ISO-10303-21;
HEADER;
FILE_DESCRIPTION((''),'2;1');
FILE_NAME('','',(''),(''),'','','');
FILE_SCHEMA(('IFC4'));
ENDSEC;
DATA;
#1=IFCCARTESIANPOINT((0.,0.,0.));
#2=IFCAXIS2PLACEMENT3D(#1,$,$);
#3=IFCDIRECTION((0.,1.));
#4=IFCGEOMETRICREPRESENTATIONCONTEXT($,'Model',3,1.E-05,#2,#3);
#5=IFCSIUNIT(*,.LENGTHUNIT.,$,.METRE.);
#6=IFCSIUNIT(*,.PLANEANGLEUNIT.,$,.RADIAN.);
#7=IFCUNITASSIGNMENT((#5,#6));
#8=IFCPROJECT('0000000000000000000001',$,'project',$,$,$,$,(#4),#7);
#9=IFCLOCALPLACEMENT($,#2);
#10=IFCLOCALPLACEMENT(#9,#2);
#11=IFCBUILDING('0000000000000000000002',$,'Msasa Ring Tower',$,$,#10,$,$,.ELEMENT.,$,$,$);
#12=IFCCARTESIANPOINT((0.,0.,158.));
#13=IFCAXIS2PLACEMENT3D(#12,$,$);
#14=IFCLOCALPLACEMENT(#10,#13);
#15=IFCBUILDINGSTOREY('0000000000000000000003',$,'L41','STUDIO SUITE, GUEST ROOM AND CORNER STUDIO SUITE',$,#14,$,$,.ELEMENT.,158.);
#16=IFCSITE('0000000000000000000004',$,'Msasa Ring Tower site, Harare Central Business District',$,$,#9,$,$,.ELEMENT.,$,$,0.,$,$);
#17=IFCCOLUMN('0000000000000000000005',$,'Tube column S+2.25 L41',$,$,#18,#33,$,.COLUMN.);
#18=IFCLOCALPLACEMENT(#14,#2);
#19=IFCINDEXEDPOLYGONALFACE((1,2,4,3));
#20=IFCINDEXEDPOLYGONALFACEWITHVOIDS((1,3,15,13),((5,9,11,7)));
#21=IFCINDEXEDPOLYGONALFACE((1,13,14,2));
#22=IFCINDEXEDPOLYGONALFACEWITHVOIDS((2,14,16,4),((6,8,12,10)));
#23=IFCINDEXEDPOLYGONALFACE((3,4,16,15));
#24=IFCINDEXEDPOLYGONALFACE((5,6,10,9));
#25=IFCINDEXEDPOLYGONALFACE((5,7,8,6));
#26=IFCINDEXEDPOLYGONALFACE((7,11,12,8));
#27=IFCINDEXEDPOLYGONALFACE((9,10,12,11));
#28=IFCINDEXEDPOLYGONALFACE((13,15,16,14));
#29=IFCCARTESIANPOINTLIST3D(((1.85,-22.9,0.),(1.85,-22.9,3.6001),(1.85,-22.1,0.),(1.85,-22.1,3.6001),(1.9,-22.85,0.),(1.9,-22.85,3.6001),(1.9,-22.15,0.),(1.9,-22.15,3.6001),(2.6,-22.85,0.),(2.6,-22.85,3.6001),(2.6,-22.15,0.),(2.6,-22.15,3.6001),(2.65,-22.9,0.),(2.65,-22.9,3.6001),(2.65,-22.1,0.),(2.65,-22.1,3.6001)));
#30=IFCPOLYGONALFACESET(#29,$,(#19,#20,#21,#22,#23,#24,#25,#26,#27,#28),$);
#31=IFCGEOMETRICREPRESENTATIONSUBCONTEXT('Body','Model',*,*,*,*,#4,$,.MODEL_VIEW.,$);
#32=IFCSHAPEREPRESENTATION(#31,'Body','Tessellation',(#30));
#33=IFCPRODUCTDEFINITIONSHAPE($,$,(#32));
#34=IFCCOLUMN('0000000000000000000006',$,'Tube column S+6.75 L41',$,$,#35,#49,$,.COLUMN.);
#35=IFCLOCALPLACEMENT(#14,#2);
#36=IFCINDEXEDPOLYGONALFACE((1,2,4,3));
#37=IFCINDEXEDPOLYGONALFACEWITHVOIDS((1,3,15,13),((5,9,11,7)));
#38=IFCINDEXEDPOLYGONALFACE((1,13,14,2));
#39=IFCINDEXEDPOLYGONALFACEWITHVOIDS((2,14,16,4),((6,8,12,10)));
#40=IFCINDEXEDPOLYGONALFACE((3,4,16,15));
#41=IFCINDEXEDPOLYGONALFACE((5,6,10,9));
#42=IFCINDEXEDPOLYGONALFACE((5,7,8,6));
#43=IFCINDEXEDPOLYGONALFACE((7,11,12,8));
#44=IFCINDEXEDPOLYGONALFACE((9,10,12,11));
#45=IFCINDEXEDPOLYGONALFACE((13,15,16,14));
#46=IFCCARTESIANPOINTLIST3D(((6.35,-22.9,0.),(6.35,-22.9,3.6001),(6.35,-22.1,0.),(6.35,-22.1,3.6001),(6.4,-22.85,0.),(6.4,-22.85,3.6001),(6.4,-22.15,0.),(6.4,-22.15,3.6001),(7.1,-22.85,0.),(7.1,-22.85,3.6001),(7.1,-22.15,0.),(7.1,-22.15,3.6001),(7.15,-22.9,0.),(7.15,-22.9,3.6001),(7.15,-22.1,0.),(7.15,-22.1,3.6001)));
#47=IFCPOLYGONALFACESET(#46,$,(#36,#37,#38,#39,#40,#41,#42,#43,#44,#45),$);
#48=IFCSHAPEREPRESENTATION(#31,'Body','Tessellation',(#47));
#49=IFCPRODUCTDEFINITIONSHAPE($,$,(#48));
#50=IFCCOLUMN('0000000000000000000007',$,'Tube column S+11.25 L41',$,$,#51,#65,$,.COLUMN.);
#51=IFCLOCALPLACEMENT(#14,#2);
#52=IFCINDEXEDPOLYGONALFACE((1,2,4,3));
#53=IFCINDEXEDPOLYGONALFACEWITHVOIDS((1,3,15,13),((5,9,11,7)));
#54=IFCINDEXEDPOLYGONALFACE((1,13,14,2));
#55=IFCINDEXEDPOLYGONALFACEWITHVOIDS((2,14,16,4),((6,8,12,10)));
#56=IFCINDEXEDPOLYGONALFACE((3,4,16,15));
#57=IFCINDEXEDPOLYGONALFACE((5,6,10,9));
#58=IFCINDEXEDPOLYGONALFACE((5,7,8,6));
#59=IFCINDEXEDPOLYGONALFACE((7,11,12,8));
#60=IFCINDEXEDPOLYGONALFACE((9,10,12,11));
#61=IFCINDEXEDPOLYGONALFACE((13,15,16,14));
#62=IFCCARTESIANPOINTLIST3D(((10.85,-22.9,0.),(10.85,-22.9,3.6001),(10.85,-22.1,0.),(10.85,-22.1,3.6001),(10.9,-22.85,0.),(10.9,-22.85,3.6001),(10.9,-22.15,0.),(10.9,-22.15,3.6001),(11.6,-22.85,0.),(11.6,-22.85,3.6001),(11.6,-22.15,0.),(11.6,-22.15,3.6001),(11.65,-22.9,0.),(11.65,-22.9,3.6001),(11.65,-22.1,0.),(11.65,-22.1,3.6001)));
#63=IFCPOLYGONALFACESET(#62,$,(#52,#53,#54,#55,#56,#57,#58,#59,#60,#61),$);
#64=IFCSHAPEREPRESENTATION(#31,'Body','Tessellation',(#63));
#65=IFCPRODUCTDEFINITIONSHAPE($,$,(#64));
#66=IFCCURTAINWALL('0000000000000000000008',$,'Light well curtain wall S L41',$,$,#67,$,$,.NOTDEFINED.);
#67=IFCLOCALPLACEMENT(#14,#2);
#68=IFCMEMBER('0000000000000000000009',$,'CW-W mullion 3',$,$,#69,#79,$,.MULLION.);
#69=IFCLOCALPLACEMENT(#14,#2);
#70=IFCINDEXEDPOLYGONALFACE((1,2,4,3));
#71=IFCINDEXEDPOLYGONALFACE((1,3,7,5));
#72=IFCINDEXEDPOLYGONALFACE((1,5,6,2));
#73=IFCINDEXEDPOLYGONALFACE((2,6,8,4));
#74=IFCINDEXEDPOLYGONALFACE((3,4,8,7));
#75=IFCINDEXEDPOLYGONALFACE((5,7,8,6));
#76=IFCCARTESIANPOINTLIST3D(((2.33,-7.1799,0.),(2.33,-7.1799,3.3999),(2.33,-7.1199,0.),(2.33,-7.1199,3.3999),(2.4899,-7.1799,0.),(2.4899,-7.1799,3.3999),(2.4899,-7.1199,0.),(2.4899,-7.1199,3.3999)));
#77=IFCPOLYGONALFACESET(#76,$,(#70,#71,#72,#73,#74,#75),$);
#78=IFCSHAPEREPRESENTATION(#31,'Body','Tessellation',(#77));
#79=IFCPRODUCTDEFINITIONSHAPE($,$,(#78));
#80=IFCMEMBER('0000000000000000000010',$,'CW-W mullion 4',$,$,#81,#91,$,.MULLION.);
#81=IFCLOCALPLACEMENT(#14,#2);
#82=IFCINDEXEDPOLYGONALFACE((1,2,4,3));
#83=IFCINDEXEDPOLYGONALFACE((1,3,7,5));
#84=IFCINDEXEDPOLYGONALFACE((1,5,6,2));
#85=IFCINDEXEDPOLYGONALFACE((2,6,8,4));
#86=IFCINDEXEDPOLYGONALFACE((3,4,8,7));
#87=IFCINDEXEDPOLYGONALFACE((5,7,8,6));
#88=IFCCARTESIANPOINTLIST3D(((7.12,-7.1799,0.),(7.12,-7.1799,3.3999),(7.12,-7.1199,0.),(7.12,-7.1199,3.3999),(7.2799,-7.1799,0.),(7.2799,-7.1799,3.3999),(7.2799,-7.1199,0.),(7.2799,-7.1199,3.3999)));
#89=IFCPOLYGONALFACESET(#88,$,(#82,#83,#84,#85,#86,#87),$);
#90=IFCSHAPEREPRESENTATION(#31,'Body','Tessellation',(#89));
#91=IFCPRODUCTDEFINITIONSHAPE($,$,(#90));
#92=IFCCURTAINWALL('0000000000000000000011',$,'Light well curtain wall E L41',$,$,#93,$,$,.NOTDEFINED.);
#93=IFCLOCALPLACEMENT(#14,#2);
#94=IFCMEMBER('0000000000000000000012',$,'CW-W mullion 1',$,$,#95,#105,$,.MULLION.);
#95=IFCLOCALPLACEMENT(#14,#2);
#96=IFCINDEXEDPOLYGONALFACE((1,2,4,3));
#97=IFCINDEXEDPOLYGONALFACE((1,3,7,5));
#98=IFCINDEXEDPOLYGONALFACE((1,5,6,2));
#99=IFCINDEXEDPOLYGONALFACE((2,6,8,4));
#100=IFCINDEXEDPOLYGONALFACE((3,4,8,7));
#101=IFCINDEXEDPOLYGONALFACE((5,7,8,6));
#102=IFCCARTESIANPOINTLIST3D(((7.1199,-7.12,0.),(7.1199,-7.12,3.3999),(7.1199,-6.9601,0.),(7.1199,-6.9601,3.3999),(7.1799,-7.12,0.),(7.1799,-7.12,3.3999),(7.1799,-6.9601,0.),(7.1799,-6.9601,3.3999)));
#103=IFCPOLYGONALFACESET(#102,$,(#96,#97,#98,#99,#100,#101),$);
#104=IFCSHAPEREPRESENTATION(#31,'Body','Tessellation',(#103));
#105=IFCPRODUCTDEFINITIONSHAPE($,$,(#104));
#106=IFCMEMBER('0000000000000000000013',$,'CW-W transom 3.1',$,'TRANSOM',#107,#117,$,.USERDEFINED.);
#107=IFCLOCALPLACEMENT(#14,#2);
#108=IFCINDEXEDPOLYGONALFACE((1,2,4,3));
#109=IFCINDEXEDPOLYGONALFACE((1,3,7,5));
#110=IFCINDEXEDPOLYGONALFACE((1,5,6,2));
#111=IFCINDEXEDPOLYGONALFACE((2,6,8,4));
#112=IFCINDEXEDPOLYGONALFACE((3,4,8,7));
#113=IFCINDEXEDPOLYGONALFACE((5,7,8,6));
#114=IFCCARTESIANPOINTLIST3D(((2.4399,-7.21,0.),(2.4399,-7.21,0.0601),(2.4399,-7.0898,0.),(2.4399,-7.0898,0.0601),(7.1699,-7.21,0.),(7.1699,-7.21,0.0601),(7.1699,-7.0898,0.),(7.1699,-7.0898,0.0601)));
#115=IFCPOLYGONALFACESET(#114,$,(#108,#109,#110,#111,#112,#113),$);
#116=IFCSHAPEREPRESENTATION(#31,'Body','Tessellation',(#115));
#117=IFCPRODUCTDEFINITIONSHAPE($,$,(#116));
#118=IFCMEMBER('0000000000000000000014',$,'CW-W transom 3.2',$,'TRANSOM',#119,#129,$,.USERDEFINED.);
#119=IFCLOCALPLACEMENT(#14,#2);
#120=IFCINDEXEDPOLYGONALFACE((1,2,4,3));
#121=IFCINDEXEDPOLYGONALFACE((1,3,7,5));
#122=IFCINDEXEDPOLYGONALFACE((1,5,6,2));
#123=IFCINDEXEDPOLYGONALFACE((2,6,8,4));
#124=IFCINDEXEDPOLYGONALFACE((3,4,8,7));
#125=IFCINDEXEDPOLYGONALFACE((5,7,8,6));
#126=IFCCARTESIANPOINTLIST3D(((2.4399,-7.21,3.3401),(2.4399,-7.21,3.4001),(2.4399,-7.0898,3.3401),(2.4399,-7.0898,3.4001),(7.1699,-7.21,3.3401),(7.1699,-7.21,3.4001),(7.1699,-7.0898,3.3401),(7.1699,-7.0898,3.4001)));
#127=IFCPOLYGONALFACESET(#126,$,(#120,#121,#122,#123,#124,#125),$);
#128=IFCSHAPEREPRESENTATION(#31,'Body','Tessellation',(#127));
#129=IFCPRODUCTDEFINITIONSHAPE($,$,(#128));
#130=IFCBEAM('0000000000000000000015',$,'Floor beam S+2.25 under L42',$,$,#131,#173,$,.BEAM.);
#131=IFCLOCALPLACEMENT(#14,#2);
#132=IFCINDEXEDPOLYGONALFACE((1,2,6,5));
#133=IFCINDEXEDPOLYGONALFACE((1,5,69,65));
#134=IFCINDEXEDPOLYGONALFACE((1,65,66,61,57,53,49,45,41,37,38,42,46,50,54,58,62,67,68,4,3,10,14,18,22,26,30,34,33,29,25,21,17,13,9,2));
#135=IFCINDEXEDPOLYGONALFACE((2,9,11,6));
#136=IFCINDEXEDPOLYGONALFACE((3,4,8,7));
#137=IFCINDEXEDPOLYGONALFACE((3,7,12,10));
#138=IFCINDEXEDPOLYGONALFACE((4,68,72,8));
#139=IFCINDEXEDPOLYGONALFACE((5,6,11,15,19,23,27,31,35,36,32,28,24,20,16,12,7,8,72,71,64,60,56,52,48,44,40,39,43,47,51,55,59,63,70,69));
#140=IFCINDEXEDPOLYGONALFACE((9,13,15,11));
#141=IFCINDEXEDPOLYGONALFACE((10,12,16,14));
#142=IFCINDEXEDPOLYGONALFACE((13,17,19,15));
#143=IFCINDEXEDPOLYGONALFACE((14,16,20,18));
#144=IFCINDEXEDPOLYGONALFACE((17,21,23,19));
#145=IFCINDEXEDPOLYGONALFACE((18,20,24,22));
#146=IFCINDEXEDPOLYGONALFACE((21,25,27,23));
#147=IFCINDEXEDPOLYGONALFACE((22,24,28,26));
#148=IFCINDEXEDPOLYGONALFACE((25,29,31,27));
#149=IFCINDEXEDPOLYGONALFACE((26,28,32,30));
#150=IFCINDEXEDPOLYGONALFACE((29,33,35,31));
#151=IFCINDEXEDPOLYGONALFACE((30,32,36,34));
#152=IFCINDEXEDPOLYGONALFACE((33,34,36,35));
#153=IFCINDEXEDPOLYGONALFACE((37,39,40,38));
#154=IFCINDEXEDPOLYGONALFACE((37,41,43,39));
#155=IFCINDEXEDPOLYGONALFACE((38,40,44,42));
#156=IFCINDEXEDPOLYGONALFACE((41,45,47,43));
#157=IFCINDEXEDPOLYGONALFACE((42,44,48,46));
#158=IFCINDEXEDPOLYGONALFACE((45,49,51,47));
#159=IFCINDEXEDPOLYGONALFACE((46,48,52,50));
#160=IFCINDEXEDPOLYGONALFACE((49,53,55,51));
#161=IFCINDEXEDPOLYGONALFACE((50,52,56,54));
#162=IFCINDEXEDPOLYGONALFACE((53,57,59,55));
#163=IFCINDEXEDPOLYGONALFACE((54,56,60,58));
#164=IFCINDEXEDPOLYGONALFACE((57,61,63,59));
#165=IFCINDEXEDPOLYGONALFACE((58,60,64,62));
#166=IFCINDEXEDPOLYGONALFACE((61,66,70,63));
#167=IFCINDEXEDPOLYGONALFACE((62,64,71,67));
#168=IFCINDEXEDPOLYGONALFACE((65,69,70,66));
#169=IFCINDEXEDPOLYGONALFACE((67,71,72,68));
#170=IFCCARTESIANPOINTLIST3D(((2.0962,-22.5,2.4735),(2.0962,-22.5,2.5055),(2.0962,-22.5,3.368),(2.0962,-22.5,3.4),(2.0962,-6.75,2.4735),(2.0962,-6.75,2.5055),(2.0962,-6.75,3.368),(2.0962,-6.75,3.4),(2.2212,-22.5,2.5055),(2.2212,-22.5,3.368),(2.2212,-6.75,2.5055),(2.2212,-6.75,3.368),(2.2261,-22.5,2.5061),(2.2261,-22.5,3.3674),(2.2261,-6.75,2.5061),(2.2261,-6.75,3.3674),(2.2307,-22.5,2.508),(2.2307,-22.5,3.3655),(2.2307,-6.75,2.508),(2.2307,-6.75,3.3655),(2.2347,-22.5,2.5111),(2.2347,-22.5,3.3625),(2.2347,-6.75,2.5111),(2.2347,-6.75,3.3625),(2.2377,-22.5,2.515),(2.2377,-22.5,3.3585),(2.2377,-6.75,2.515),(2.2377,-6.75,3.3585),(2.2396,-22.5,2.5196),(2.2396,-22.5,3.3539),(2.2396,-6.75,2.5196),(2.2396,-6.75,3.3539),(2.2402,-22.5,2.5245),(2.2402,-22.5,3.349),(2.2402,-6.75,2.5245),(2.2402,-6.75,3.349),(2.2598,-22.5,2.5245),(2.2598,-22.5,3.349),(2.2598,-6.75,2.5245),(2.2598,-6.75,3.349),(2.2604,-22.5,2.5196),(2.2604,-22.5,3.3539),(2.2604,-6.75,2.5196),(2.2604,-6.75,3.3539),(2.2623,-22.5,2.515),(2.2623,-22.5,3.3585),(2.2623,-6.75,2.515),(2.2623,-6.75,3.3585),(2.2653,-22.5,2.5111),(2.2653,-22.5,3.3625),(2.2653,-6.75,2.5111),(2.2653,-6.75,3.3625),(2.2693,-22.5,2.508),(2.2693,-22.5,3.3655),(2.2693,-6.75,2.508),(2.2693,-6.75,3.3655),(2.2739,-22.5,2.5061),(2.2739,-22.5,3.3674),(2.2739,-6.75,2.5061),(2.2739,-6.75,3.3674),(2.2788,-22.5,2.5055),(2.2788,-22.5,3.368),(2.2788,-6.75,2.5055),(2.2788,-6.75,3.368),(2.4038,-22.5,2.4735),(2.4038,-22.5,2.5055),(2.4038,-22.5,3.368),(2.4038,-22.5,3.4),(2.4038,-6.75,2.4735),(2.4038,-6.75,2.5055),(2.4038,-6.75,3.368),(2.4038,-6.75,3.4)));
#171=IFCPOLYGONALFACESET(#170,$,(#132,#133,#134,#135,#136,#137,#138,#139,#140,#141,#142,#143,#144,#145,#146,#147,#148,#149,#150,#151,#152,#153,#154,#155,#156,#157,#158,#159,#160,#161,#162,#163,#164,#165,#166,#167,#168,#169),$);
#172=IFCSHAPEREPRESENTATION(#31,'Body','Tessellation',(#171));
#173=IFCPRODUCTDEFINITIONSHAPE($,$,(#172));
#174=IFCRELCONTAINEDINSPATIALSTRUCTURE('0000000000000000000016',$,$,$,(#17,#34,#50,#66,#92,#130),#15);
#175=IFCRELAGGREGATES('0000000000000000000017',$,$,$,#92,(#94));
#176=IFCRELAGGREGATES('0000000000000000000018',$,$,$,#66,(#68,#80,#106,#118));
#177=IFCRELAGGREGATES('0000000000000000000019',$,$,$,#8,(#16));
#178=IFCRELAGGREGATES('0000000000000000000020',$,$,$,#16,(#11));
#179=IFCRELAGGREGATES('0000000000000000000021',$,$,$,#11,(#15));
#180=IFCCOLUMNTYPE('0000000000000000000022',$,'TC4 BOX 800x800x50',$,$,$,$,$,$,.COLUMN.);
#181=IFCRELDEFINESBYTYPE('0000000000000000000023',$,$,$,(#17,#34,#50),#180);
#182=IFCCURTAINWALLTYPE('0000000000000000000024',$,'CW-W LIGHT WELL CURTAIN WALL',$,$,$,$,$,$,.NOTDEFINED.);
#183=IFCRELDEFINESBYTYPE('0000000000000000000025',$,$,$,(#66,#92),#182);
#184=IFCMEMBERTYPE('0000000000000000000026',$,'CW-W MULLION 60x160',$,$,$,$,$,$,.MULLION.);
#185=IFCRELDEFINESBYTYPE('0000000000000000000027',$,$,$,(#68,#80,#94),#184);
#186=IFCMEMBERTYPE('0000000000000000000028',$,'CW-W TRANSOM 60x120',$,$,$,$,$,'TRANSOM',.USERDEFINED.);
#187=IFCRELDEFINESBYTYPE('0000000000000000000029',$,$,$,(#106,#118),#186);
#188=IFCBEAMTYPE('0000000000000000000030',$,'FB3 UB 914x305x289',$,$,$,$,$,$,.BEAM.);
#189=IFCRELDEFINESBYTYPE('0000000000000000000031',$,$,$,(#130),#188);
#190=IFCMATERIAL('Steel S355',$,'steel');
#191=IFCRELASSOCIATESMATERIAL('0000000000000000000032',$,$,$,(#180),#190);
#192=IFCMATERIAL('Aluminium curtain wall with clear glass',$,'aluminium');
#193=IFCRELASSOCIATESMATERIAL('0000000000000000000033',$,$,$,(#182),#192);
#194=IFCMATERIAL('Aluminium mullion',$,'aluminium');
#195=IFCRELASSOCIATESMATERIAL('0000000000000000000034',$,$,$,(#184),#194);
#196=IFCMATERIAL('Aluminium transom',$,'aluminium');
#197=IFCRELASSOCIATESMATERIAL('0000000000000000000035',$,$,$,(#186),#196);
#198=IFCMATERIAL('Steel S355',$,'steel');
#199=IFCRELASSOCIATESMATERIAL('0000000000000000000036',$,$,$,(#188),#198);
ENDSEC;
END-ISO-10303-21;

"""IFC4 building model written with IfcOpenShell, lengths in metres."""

from ifc_helpers import new_model, si_unit, direction, frame, origin, origin_2d, place, context, subcontext, project, spatial, rectangle, hollow_rectangle, i_section, extrude, material, material_profile, profile_set, type_object, element, aggregate, save


model = new_model("IFC4")

# Units and contexts
model_context = context("Model", 3, precision=1e-05, world=origin(), true_north=direction((0.0, 1.0)))
body_context = subcontext(model_context, "Body", "Model", "MODEL_VIEW")
ifc_project = project(units=[si_unit("LENGTHUNIT", "METRE"), si_unit("PLANEANGLEUNIT", "RADIAN")], contexts=[model_context])

# Site, building, storey
site_placement = place(None, origin())
site = spatial("IfcSite", under=ifc_project, at=site_placement, Name="Msasa Ring Tower site, Harare Central Business District", CompositionType="ELEMENT", RefElevation=0.0)
building_placement = place(site_placement, origin())
building = spatial("IfcBuilding", under=site, at=building_placement, Name="Msasa Ring Tower", CompositionType="ELEMENT")
storey_placement = place(building_placement, frame((0.0, 0.0, 158.0)))
storey = spatial("IfcBuildingStorey", under=building, at=storey_placement, Name="L41", Description="STUDIO SUITE, GUEST ROOM AND CORNER STUDIO SUITE", CompositionType="ELEMENT", Elevation=158.0)

# Columns
ifc_material_1 = material(Name="Steel S355", Category="steel")
ifc_material_profile_1 = material_profile(ifc_material_1, hollow_rectangle(XDim=0.8, YDim=0.8, WallThickness=0.05, at=origin_2d()), Name="BOX 800x800x50")
ifc_profile_set_1 = profile_set([ifc_material_profile_1], Name="Steel S355")
column_type = type_object("IfcColumnType", Name="TC4 BOX 800x800x50", PredefinedType="COLUMN", material=ifc_profile_set_1)
for number, where, z_axis, x_axis, name in (
    (1, (2.25, -22.5, 0.0), (0.0, 0.0, 1.0), (0.0, 1.0, 0.0), "Tube column S+2.25 L41"),
    (2, (6.75, -22.5, 0.0), (0.0, 0.0, 1.0), (0.0, 1.0, 0.0), "Tube column S+6.75 L41"),
    (3, (11.25, -22.5, 0.0), (0.0, 0.0, 1.0), (0.0, 1.0, 0.0), "Tube column S+11.25 L41"),
):
    element("IfcColumn", number, at=place(storey_placement, frame(where, z_axis=z_axis, x_axis=x_axis)), inside=storey, type_object=column_type, Name=name, PredefinedType="COLUMN", context=body_context, shape_type="SweptSolid", body=[
        extrude(hollow_rectangle(XDim=0.8, YDim=0.8, WallThickness=0.05, at=origin_2d()), origin(), (0.0, 0.0, 1.0), 3.6001),
    ])

# Curtain wall, members
ifc_material_2 = material(Name="Aluminium curtain wall with clear glass", Category="aluminium")
curtain_wall_type = type_object("IfcCurtainWallType", Name="CW-W LIGHT WELL CURTAIN WALL", PredefinedType="NOTDEFINED", material=ifc_material_2)
curtain_wall_1_placement = place(storey_placement, origin())
curtain_wall_1 = element("IfcCurtainWall", 4, at=curtain_wall_1_placement, inside=storey, type_object=curtain_wall_type, Name="Light well curtain wall S L41", PredefinedType="NOTDEFINED")
ifc_material_3 = material(Name="Aluminium mullion", Category="aluminium")
ifc_material_profile_2 = material_profile(ifc_material_3, rectangle(XDim=0.0601, YDim=0.1599, at=origin_2d()), Name="AL 60x160")
ifc_profile_set_2 = profile_set([ifc_material_profile_2], Name="Aluminium mullion")
member_type_1 = type_object("IfcMemberType", Name="CW-W MULLION 60x160", PredefinedType="MULLION", material=ifc_profile_set_2)
member_1_placement = place(storey_placement, frame((2.4099, -7.1499, 0.0), z_axis=(0.0, 0.0, 1.0), x_axis=(0.0, 1.0, 0.0)))
member_1 = element("IfcMember", 5, at=member_1_placement, type_object=member_type_1, Name="CW-W mullion 3", PredefinedType="MULLION", context=body_context, shape_type="SweptSolid", body=[
    extrude(rectangle(XDim=0.0601, YDim=0.1599, at=origin_2d()), origin(), (0.0, 0.0, 1.0), 3.3999),
])
member_2_placement = place(storey_placement, frame((7.2, -7.1499, 0.0), z_axis=(0.0, 0.0, 1.0), x_axis=(0.0, 1.0, 0.0)))
member_2 = element("IfcMember", 6, at=member_2_placement, type_object=member_type_1, Name="CW-W mullion 4", PredefinedType="MULLION", context=body_context, shape_type="SweptSolid", body=[
    extrude(rectangle(XDim=0.0601, YDim=0.1599, at=origin_2d()), origin(), (0.0, 0.0, 1.0), 3.3999),
])

# Curtain wall, member
curtain_wall_2_placement = place(storey_placement, origin())
curtain_wall_2 = element("IfcCurtainWall", 7, at=curtain_wall_2_placement, inside=storey, type_object=curtain_wall_type, Name="Light well curtain wall E L41", PredefinedType="NOTDEFINED")
member_3_placement = place(storey_placement, frame((7.1499, -7.04, 0.0), z_axis=(0.0, 0.0, 1.0), x_axis=(-1.0, 0.0, 0.0)))
member_3 = element("IfcMember", 8, at=member_3_placement, type_object=member_type_1, Name="CW-W mullion 1", PredefinedType="MULLION", context=body_context, shape_type="SweptSolid", body=[
    extrude(rectangle(XDim=0.0601, YDim=0.1599, at=origin_2d()), origin(), (0.0, 0.0, 1.0), 3.3999),
])
aggregate(curtain_wall_2, [member_3])

# Members
ifc_material_4 = material(Name="Aluminium transom", Category="aluminium")
ifc_material_profile_3 = material_profile(ifc_material_4, rectangle(XDim=0.1201, YDim=0.0601, at=origin_2d()), Name="AL 60x120")
ifc_profile_set_3 = profile_set([ifc_material_profile_3], Name="Aluminium transom")
member_type_2 = type_object("IfcMemberType", Name="CW-W TRANSOM 60x120", ElementType="TRANSOM", PredefinedType="USERDEFINED", material=ifc_profile_set_3)
member_4_placement = place(storey_placement, frame((2.4399, -7.1499, 0.03), z_axis=(1.0, 0.0, 0.0), x_axis=(0.0, 1.0, 0.0)))
member_4 = element("IfcMember", 9, at=member_4_placement, type_object=member_type_2, Name="CW-W transom 3.1", ObjectType="TRANSOM", PredefinedType="USERDEFINED", context=body_context, shape_type="SweptSolid", body=[
    extrude(rectangle(XDim=0.1201, YDim=0.0601, at=origin_2d()), origin(), (0.0, 0.0, 1.0), 4.73),
])
member_5_placement = place(storey_placement, frame((2.4399, -7.1499, 3.3701), z_axis=(1.0, 0.0, 0.0), x_axis=(0.0, 1.0, 0.0)))
member_5 = element("IfcMember", 10, at=member_5_placement, type_object=member_type_2, Name="CW-W transom 3.2", ObjectType="TRANSOM", PredefinedType="USERDEFINED", context=body_context, shape_type="SweptSolid", body=[
    extrude(rectangle(XDim=0.1201, YDim=0.0601, at=origin_2d()), origin(), (0.0, 0.0, 1.0), 4.73),
])

# Beam
ifc_material_5 = material(Name="Steel S355", Category="steel")
ifc_material_profile_4 = material_profile(ifc_material_5, i_section(OverallWidth=0.3076, OverallDepth=0.9265, WebThickness=0.0195, FlangeThickness=0.032, FilletRadius=0.019, at=origin_2d()), Name="UB 914x305x289")
ifc_profile_set_4 = profile_set([ifc_material_profile_4], Name="Steel S355")
beam_type_1 = type_object("IfcBeamType", Name="FB3 UB 914x305x289", PredefinedType="BEAM", material=ifc_profile_set_4)
for number, where, z_axis, x_axis, name in (
    (11, (2.25, -22.5, 2.9368), (0.0, 1.0, 0.0), (-1.0, 0.0, 0.0), "Floor beam S+2.25 under L42"),
):
    element("IfcBeam", number, at=place(storey_placement, frame(where, z_axis=z_axis, x_axis=x_axis)), inside=storey, type_object=beam_type_1, Name=name, PredefinedType="BEAM", context=body_context, shape_type="SweptSolid", body=[
        extrude(i_section(OverallWidth=0.3076, OverallDepth=0.9265, WebThickness=0.0195, FlangeThickness=0.032, FilletRadius=0.019, at=origin_2d()), origin(), (0.0, 0.0, 1.0), 15.75),
    ])

aggregate(curtain_wall_1, [member_1, member_2, member_4, member_5])

save(model, "model.ifc")
